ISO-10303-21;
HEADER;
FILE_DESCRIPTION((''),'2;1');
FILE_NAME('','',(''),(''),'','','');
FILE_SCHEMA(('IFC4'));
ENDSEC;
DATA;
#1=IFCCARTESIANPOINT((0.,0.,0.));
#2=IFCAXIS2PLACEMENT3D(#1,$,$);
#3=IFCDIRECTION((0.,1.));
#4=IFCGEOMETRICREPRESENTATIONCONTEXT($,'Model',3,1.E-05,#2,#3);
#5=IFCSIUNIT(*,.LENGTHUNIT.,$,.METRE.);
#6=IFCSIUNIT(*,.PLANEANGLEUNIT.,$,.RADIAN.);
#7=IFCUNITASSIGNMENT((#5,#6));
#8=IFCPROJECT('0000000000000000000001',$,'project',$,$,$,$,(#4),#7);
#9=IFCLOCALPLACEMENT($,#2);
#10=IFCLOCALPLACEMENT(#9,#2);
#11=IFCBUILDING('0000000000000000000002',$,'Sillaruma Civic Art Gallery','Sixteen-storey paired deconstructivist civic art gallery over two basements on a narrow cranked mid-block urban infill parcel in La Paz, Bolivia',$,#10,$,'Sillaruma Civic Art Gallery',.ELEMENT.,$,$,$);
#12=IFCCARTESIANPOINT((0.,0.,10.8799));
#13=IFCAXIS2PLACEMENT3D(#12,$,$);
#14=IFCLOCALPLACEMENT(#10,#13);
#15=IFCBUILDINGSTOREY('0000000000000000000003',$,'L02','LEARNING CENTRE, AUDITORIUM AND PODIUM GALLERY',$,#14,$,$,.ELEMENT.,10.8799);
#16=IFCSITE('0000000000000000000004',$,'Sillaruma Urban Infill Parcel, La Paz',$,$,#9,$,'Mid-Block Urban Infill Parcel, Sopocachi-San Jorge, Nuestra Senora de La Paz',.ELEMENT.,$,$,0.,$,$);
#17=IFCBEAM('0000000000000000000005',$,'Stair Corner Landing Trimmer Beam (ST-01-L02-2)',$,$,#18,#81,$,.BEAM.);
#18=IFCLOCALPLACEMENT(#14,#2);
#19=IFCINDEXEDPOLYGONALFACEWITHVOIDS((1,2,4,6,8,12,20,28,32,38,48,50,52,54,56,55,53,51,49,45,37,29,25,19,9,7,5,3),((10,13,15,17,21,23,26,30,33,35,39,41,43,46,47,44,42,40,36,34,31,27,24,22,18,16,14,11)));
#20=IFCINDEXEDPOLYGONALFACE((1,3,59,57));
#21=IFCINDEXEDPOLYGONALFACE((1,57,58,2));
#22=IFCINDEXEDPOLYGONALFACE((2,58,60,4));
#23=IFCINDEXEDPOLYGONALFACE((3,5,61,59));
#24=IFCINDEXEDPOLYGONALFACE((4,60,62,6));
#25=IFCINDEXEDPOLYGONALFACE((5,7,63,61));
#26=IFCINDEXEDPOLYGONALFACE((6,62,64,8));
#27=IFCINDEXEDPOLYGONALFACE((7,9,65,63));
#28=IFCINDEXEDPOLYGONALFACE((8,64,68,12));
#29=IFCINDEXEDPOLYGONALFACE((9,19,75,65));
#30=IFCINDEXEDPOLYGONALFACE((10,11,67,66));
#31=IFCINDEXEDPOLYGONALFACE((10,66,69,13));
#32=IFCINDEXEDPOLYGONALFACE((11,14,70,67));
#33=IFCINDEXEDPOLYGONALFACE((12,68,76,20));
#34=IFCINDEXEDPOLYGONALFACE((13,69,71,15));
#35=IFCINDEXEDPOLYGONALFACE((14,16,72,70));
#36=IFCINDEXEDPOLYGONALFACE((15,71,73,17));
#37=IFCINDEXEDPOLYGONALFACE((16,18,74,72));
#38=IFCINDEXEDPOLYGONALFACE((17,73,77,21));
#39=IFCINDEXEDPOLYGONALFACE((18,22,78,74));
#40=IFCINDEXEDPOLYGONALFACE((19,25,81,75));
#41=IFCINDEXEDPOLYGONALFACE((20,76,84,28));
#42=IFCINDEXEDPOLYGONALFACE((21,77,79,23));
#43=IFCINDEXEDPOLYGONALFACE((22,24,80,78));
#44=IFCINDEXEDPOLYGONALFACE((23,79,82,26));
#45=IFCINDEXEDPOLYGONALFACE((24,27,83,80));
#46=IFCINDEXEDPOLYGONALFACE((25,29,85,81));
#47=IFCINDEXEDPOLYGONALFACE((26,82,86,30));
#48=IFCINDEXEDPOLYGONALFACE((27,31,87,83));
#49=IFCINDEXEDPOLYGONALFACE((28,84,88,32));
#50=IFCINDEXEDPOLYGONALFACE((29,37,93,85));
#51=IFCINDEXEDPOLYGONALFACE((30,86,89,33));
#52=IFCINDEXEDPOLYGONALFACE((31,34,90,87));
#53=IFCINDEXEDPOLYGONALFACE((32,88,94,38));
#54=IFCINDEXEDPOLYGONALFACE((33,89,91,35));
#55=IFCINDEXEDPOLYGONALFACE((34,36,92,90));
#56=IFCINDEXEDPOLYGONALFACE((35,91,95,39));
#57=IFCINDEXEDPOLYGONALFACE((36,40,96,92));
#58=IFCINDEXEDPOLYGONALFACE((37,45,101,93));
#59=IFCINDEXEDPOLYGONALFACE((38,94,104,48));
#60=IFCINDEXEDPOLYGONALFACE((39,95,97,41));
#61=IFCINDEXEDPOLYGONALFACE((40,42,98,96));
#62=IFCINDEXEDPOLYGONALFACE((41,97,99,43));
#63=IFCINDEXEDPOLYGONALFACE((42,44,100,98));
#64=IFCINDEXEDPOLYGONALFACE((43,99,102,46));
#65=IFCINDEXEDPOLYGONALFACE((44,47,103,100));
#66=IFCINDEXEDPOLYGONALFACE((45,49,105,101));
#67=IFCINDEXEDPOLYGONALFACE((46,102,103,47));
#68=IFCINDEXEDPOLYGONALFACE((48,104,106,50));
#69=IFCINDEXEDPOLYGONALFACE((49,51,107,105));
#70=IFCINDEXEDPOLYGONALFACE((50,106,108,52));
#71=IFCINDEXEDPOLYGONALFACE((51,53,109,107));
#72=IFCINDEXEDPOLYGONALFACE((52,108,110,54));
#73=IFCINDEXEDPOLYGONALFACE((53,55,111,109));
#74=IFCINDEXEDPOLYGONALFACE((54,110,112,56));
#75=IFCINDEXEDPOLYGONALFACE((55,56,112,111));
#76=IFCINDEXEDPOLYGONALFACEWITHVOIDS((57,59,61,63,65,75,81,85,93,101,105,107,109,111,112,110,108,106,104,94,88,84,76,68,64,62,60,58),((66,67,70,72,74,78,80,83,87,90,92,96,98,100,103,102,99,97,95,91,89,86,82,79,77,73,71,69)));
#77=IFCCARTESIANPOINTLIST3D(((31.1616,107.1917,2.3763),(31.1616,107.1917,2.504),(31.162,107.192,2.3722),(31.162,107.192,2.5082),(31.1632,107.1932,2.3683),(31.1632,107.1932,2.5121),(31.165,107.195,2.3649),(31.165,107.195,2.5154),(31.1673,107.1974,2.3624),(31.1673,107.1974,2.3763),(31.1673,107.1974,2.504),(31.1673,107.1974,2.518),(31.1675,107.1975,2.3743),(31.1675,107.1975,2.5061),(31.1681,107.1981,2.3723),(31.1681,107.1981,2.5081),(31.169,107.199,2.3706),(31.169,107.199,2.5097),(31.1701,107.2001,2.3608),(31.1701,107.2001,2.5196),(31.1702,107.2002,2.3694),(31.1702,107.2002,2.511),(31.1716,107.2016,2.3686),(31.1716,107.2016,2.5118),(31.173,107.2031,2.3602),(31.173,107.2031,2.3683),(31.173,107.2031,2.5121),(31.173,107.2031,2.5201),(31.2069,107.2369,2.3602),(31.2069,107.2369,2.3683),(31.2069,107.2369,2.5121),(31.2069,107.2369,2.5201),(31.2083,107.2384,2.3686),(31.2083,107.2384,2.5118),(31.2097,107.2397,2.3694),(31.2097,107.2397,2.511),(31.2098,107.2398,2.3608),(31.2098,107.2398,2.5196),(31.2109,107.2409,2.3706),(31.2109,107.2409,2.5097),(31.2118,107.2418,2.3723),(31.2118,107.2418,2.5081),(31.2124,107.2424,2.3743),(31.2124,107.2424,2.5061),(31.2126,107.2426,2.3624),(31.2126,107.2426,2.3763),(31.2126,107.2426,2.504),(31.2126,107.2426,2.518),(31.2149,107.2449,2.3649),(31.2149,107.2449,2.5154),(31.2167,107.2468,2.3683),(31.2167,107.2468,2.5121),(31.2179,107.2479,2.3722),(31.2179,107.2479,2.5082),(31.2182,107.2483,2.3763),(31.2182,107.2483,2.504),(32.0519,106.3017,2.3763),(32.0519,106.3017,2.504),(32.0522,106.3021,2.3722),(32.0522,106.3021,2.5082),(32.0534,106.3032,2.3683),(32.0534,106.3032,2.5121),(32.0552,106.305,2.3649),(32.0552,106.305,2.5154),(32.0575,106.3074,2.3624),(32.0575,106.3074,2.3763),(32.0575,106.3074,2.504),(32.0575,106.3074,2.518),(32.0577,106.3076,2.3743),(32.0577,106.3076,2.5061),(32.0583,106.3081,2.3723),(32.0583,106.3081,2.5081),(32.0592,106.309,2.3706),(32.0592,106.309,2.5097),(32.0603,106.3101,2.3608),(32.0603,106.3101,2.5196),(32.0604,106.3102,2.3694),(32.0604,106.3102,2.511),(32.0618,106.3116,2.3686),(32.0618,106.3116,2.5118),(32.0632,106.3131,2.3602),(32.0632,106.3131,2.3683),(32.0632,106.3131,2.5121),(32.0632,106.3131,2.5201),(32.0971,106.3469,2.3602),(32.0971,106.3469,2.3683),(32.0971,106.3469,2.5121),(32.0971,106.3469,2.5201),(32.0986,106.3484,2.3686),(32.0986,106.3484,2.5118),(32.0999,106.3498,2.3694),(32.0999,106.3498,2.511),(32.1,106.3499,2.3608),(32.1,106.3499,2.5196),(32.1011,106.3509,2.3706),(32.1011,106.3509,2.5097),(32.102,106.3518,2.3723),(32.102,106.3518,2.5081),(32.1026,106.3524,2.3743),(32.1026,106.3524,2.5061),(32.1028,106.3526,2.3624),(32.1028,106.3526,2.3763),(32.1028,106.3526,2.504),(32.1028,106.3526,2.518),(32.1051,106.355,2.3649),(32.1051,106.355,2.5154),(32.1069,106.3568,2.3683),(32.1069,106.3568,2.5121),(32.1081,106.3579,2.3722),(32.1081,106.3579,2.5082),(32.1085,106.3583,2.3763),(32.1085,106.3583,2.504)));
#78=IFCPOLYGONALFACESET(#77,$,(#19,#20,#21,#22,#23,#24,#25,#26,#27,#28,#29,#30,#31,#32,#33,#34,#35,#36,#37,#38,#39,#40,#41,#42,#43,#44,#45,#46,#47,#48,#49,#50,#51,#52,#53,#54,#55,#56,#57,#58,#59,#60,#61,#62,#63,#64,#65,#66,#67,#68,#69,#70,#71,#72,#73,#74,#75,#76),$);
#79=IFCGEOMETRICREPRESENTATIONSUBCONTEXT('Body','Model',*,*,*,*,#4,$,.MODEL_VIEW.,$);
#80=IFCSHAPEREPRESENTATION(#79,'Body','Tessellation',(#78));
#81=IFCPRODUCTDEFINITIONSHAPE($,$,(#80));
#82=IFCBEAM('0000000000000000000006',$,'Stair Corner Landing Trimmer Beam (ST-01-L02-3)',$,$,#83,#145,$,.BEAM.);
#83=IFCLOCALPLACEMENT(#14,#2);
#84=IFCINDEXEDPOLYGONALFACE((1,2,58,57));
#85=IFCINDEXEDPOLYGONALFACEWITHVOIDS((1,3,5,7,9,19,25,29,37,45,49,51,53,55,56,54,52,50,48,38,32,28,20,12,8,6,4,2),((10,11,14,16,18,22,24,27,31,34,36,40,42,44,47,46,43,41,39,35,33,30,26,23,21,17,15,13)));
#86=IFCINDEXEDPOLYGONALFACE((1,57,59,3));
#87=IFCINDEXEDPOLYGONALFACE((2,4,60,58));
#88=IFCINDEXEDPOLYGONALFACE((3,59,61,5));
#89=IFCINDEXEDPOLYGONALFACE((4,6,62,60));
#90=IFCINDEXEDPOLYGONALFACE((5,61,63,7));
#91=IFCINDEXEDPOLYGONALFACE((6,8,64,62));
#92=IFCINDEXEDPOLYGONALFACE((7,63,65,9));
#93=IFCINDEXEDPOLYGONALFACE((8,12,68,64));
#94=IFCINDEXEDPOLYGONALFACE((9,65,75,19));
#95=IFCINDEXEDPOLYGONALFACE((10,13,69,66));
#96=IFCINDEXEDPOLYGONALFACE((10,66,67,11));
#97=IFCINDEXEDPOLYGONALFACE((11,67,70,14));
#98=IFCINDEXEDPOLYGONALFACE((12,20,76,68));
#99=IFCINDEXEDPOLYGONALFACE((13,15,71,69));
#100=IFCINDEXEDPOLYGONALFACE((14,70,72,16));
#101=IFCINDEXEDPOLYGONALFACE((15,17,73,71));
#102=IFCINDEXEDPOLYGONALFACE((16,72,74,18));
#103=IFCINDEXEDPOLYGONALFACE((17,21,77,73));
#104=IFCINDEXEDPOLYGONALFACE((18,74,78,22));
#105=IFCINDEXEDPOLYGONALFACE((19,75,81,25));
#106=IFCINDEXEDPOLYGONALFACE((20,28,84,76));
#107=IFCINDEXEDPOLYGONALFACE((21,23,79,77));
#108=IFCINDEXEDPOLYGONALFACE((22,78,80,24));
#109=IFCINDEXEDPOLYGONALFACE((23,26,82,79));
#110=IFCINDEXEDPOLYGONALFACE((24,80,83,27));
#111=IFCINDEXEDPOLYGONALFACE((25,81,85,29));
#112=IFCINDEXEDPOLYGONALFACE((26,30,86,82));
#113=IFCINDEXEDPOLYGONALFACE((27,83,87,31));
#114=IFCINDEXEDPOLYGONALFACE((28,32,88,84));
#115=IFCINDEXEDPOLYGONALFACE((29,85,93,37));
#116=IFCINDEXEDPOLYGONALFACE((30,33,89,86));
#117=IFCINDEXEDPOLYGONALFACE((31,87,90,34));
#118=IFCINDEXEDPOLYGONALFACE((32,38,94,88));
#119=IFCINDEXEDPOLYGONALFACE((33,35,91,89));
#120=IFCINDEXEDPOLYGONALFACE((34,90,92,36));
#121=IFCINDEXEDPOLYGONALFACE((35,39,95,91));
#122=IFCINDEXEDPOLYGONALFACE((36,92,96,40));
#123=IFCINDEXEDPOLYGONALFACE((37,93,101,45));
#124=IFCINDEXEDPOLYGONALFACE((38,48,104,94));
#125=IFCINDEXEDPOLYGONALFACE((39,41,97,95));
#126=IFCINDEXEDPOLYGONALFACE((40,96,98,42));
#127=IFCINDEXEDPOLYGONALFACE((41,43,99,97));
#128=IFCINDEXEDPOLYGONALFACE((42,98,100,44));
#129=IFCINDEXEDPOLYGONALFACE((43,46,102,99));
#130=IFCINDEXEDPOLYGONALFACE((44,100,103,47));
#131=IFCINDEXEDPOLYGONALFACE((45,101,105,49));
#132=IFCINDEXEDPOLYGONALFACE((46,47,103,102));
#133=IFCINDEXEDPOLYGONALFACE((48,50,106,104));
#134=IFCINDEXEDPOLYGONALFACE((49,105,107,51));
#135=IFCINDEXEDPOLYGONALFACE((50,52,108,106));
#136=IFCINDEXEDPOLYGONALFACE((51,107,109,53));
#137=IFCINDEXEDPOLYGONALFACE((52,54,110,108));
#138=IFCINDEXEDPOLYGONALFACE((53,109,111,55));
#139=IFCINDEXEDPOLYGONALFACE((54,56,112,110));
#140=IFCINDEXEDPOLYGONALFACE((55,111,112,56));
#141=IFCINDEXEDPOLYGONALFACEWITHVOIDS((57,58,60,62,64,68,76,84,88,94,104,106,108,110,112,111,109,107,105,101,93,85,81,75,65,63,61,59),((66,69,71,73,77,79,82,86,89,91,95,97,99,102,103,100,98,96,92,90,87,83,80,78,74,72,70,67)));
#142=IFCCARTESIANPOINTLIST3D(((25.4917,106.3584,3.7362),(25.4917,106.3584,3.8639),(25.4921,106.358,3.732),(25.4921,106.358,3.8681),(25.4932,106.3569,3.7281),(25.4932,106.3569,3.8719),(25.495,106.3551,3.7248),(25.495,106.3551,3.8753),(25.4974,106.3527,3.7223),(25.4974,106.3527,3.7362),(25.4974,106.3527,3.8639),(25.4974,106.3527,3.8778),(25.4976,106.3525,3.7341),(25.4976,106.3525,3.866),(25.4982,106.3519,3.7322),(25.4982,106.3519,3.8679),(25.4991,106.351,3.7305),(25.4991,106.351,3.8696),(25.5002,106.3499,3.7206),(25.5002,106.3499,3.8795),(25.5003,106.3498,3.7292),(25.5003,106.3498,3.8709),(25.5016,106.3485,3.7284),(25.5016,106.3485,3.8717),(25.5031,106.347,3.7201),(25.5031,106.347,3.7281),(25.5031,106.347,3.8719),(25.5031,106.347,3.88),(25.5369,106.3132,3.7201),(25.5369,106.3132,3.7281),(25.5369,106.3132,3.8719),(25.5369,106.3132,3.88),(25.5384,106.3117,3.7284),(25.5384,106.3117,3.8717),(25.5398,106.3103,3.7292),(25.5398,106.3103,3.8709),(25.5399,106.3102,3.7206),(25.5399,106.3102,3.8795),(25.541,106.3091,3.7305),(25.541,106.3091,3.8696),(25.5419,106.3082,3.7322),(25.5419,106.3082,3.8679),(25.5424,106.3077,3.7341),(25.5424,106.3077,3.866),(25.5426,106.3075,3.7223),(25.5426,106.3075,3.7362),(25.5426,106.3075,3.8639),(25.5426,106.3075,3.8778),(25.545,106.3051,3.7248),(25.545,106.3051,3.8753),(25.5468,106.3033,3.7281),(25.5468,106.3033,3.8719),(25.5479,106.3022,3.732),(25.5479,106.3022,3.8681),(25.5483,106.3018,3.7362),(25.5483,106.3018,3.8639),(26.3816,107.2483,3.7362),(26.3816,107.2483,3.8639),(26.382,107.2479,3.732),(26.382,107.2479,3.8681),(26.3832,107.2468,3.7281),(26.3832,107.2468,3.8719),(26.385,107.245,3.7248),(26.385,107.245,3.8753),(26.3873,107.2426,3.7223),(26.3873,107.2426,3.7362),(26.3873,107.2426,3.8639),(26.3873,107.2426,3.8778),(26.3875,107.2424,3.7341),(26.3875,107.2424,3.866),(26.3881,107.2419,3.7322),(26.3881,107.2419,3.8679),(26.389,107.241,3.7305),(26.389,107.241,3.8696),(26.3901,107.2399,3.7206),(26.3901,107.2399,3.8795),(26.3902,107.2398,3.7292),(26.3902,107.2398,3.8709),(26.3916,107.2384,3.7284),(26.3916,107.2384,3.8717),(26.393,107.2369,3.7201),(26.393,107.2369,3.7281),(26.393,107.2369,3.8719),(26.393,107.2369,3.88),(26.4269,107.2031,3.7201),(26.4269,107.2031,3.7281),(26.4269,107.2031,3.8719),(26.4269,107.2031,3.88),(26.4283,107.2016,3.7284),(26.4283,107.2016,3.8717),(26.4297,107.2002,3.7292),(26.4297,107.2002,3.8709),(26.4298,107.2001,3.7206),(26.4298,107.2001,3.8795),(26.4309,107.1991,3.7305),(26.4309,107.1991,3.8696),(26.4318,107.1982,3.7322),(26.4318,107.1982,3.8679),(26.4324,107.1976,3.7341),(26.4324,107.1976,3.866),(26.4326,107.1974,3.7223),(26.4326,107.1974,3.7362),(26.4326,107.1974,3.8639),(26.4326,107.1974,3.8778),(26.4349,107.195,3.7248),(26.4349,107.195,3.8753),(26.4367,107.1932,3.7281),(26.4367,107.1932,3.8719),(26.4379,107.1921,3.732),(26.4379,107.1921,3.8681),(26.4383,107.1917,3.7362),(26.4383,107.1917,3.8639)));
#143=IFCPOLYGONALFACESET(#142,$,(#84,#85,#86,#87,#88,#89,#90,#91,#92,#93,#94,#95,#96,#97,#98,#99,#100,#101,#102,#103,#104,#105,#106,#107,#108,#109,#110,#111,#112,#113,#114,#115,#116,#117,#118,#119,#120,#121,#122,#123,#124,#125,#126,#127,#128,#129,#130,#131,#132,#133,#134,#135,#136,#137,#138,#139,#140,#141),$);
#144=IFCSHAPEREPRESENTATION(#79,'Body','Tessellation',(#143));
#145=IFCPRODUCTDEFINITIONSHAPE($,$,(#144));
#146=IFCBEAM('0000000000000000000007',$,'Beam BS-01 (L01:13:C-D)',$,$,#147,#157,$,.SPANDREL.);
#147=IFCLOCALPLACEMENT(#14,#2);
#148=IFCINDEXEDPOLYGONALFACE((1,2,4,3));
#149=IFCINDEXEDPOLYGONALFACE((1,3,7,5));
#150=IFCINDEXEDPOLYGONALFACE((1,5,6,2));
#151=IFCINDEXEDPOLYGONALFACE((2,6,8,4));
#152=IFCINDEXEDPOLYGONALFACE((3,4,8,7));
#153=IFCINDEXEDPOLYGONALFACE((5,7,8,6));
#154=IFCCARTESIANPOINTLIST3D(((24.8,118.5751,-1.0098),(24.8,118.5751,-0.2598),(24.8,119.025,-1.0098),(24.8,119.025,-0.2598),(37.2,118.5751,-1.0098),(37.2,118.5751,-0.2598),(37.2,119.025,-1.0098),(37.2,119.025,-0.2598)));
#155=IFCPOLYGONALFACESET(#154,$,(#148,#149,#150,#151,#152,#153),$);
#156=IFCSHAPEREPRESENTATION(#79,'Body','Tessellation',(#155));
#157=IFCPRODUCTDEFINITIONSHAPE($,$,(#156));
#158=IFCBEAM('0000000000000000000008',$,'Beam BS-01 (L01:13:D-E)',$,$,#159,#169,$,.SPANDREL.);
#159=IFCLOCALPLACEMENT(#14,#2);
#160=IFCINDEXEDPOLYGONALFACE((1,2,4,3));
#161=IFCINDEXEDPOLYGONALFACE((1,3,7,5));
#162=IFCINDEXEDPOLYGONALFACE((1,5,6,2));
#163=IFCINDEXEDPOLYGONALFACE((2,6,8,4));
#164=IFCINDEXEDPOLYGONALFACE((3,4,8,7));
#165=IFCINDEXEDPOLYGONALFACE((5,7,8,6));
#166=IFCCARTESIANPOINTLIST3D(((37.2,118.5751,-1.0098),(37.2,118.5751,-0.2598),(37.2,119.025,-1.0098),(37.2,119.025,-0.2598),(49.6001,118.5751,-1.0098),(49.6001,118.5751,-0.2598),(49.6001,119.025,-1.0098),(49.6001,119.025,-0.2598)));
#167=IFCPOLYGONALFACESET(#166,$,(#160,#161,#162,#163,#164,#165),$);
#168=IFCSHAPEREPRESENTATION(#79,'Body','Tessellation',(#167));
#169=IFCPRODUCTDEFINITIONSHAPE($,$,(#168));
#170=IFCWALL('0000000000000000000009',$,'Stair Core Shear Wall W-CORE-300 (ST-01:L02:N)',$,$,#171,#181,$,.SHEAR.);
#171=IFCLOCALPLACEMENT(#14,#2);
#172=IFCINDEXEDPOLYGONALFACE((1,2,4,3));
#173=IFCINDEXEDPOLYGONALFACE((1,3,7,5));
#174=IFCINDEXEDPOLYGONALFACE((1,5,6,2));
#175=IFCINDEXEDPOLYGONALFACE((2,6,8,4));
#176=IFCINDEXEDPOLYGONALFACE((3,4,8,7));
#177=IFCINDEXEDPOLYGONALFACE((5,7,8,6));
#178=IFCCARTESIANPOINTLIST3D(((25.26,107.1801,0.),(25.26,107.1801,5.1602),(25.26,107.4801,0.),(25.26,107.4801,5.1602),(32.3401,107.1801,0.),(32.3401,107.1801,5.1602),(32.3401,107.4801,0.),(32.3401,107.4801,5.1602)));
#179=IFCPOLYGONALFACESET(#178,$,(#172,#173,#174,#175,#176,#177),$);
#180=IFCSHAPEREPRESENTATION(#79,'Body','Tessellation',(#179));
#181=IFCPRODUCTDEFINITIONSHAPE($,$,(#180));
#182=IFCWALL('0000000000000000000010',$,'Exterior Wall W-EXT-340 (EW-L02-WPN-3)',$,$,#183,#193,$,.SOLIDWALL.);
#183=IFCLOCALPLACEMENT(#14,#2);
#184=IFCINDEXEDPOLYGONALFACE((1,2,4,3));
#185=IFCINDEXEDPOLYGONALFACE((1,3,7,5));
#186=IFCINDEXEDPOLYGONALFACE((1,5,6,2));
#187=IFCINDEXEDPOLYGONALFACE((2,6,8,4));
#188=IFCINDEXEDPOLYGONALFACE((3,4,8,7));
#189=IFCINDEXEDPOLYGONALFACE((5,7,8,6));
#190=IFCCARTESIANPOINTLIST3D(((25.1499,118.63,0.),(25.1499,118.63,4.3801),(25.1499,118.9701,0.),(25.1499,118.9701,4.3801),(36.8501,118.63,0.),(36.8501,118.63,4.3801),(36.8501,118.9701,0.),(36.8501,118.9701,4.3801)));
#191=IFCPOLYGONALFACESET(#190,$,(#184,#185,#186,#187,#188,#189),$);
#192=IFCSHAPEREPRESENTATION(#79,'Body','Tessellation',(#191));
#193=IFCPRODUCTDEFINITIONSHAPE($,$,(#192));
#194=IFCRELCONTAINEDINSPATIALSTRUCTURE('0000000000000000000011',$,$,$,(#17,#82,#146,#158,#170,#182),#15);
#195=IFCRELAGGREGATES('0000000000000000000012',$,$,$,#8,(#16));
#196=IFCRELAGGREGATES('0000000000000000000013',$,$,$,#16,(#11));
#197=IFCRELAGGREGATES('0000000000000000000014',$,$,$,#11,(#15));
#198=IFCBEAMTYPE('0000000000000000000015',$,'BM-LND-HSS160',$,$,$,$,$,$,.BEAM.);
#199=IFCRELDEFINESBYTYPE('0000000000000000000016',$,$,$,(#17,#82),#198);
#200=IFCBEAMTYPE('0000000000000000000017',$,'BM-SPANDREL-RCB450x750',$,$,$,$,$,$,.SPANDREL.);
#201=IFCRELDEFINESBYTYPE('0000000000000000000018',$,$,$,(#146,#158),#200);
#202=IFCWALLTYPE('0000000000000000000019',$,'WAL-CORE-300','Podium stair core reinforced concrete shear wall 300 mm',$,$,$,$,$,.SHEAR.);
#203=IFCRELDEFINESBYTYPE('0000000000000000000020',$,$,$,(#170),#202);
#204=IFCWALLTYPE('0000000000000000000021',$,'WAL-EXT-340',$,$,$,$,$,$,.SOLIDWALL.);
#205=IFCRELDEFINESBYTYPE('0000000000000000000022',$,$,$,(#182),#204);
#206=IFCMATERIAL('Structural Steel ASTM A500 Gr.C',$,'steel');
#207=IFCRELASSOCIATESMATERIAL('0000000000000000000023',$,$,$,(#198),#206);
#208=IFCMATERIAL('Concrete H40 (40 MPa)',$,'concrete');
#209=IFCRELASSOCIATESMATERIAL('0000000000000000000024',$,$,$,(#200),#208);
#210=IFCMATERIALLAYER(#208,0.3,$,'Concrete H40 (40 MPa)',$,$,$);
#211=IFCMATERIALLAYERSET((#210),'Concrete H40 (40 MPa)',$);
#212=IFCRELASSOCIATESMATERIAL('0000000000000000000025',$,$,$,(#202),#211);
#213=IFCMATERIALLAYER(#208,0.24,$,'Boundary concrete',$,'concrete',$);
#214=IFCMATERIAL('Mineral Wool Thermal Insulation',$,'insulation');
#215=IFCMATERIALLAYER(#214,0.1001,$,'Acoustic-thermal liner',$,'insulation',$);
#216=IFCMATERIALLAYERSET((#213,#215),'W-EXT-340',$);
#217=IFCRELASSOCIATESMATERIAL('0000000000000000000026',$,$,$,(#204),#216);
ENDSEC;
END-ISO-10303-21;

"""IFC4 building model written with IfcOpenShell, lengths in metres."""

from ifc_helpers import new_model, si_unit, direction, frame, frame_2d, origin, origin_2d, place, context, subcontext, project, spatial, rectangle, hollow_rectangle, extrude, material, layer, layer_set, material_profile, profile_set, type_object, element, save


model = new_model("IFC4")

# Units and contexts
model_context = context("Model", 3, precision=1e-05, world=origin(), true_north=direction((0.0, 1.0)))
body_context = subcontext(model_context, "Body", "Model", "MODEL_VIEW")
ifc_project = project(units=[si_unit("LENGTHUNIT", "METRE"), si_unit("PLANEANGLEUNIT", "RADIAN")], contexts=[model_context])

# Site, building, storey
site_placement = place(None, origin())
site = spatial("IfcSite", under=ifc_project, at=site_placement, Name="Sillaruma Urban Infill Parcel, La Paz", LongName="Mid-Block Urban Infill Parcel, Sopocachi-San Jorge, Nuestra Senora de La Paz", CompositionType="ELEMENT", RefElevation=0.0)
building_placement = place(site_placement, origin())
building = spatial("IfcBuilding", under=site, at=building_placement, Name="Sillaruma Civic Art Gallery", Description="Sixteen-storey paired deconstructivist civic art gallery over two basements on a narrow cranked mid-block urban infill parcel in La Paz, Bolivia", LongName="Sillaruma Civic Art Gallery", CompositionType="ELEMENT")
storey_placement = place(building_placement, frame((0.0, 0.0, 10.8799)))
storey = spatial("IfcBuildingStorey", under=building, at=storey_placement, Name="L02", Description="LEARNING CENTRE, AUDITORIUM AND PODIUM GALLERY", CompositionType="ELEMENT", Elevation=10.8799)

# Shared definitions
ifc_material_1 = material(Name="Concrete H40 (40 MPa)", Category="concrete")

# Beams
ifc_material_2 = material(Name="Structural Steel ASTM A500 Gr.C", Category="steel")
ifc_material_profile_1 = material_profile(ifc_material_2, hollow_rectangle(XDim=0.0801, YDim=0.1599, WallThickness=0.0081, InnerFilletRadius=0.0081, OuterFilletRadius=0.0161, at=origin_2d()), Name="HSS160x80x8")
ifc_profile_set_1 = profile_set([ifc_material_profile_1], Name="Structural Steel ASTM A500 Gr.C")
beam_type_1 = type_object("IfcBeamType", Name="BM-LND-HSS160", PredefinedType="BEAM", material=ifc_profile_set_1)
beam_1_placement = place(storey_placement, frame((31.1899, 107.22, 2.4402), z_axis=(0.707204, -0.70701, 0.0), x_axis=(0.70701, 0.707204, 0.0)))
element("IfcBeam", 1, at=beam_1_placement, inside=storey, type_object=beam_type_1, Name="Stair Corner Landing Trimmer Beam (ST-01-L02-2)", PredefinedType="BEAM", context=body_context, shape_type="SweptSolid", body=[
    extrude(hollow_rectangle(XDim=0.0801, YDim=0.1599, WallThickness=0.0081, InnerFilletRadius=0.0081, OuterFilletRadius=0.0161, at=origin_2d()), origin(), (0.0, 0.0, 1.0), 1.2588),
])
beam_2_placement = place(storey_placement, frame((25.52, 106.3301, 3.8), z_axis=(0.707107, 0.707107, 0.0), x_axis=(-0.707107, 0.707107, 0.0)))
element("IfcBeam", 2, at=beam_2_placement, inside=storey, type_object=beam_type_1, Name="Stair Corner Landing Trimmer Beam (ST-01-L02-3)", PredefinedType="BEAM", context=body_context, shape_type="SweptSolid", body=[
    extrude(hollow_rectangle(XDim=0.0801, YDim=0.1599, WallThickness=0.0081, InnerFilletRadius=0.0081, OuterFilletRadius=0.0161, at=origin_2d()), origin(), (0.0, 0.0, 1.0), 1.2585),
])
ifc_material_profile_2 = material_profile(ifc_material_1, rectangle(XDim=0.45, YDim=0.75, at=origin_2d()), Name="RCB450x750")
ifc_profile_set_2 = profile_set([ifc_material_profile_2], Name="Concrete H40 (40 MPa)")
beam_type_2 = type_object("IfcBeamType", Name="BM-SPANDREL-RCB450x750", PredefinedType="SPANDREL", material=ifc_profile_set_2)
beam_3_placement = place(storey_placement, frame((24.8, 118.8, -0.6348), z_axis=(1.0, 0.0, 0.0), x_axis=(0.0, 1.0, 0.0)))
element("IfcBeam", 3, at=beam_3_placement, inside=storey, type_object=beam_type_2, Name="Beam BS-01 (L01:13:C-D)", PredefinedType="SPANDREL", context=body_context, shape_type="SweptSolid", body=[
    extrude(rectangle(XDim=0.45, YDim=0.75, at=origin_2d()), origin(), (0.0, 0.0, 1.0), 12.3999),
])
beam_4_placement = place(storey_placement, frame((37.2, 118.8, -0.6348), z_axis=(1.0, 0.0, 0.0), x_axis=(0.0, 1.0, 0.0)))
element("IfcBeam", 4, at=beam_4_placement, inside=storey, type_object=beam_type_2, Name="Beam BS-01 (L01:13:D-E)", PredefinedType="SPANDREL", context=body_context, shape_type="SweptSolid", body=[
    extrude(rectangle(XDim=0.45, YDim=0.75, at=origin_2d()), origin(), (0.0, 0.0, 1.0), 12.4001),
])

# Walls
ifc_layer_1 = layer(ifc_material_1, 0.3, Name="Concrete H40 (40 MPa)")
ifc_layer_set_1 = layer_set([ifc_layer_1], Name="Concrete H40 (40 MPa)")
wall_type_1 = type_object("IfcWallType", Name="WAL-CORE-300", Description="Podium stair core reinforced concrete shear wall 300 mm", PredefinedType="SHEAR", material=ifc_layer_set_1)
wall_1_placement = place(storey_placement, frame((25.26, 107.3301, 0.0), z_axis=(0.0, 0.0, 1.0), x_axis=(1.0, 0.0, 0.0)))
element("IfcWall", 5, at=wall_1_placement, inside=storey, type_object=wall_type_1, Name="Stair Core Shear Wall W-CORE-300 (ST-01:L02:N)", PredefinedType="SHEAR", context=body_context, shape_type="SweptSolid", body=[
    extrude(rectangle(XDim=7.0801, YDim=0.3, at=frame_2d((3.54, 0.0))), origin(), (0.0, 0.0, 1.0), 5.1602),
])
ifc_layer_2 = layer(ifc_material_1, 0.24, Name="Boundary concrete", Category="concrete")
ifc_material_3 = material(Name="Mineral Wool Thermal Insulation", Category="insulation")
ifc_layer_3 = layer(ifc_material_3, 0.1001, Name="Acoustic-thermal liner", Category="insulation")
ifc_layer_set_2 = layer_set([ifc_layer_2, ifc_layer_3], Name="W-EXT-340")
wall_type_2 = type_object("IfcWallType", Name="WAL-EXT-340", PredefinedType="SOLIDWALL", material=ifc_layer_set_2)
wall_2_placement = place(storey_placement, frame((25.1499, 118.8, 0.0), z_axis=(0.0, 0.0, 1.0), x_axis=(1.0, 0.0, 0.0)))
element("IfcWall", 6, at=wall_2_placement, inside=storey, type_object=wall_type_2, Name="Exterior Wall W-EXT-340 (EW-L02-WPN-3)", PredefinedType="SOLIDWALL", context=body_context, shape_type="SweptSolid", body=[
    extrude(rectangle(XDim=11.7002, YDim=0.3401, at=frame_2d((5.8501, 0.0))), origin(), (0.0, 0.0, 1.0), 4.3801),
])

save(model, "model.ifc")
